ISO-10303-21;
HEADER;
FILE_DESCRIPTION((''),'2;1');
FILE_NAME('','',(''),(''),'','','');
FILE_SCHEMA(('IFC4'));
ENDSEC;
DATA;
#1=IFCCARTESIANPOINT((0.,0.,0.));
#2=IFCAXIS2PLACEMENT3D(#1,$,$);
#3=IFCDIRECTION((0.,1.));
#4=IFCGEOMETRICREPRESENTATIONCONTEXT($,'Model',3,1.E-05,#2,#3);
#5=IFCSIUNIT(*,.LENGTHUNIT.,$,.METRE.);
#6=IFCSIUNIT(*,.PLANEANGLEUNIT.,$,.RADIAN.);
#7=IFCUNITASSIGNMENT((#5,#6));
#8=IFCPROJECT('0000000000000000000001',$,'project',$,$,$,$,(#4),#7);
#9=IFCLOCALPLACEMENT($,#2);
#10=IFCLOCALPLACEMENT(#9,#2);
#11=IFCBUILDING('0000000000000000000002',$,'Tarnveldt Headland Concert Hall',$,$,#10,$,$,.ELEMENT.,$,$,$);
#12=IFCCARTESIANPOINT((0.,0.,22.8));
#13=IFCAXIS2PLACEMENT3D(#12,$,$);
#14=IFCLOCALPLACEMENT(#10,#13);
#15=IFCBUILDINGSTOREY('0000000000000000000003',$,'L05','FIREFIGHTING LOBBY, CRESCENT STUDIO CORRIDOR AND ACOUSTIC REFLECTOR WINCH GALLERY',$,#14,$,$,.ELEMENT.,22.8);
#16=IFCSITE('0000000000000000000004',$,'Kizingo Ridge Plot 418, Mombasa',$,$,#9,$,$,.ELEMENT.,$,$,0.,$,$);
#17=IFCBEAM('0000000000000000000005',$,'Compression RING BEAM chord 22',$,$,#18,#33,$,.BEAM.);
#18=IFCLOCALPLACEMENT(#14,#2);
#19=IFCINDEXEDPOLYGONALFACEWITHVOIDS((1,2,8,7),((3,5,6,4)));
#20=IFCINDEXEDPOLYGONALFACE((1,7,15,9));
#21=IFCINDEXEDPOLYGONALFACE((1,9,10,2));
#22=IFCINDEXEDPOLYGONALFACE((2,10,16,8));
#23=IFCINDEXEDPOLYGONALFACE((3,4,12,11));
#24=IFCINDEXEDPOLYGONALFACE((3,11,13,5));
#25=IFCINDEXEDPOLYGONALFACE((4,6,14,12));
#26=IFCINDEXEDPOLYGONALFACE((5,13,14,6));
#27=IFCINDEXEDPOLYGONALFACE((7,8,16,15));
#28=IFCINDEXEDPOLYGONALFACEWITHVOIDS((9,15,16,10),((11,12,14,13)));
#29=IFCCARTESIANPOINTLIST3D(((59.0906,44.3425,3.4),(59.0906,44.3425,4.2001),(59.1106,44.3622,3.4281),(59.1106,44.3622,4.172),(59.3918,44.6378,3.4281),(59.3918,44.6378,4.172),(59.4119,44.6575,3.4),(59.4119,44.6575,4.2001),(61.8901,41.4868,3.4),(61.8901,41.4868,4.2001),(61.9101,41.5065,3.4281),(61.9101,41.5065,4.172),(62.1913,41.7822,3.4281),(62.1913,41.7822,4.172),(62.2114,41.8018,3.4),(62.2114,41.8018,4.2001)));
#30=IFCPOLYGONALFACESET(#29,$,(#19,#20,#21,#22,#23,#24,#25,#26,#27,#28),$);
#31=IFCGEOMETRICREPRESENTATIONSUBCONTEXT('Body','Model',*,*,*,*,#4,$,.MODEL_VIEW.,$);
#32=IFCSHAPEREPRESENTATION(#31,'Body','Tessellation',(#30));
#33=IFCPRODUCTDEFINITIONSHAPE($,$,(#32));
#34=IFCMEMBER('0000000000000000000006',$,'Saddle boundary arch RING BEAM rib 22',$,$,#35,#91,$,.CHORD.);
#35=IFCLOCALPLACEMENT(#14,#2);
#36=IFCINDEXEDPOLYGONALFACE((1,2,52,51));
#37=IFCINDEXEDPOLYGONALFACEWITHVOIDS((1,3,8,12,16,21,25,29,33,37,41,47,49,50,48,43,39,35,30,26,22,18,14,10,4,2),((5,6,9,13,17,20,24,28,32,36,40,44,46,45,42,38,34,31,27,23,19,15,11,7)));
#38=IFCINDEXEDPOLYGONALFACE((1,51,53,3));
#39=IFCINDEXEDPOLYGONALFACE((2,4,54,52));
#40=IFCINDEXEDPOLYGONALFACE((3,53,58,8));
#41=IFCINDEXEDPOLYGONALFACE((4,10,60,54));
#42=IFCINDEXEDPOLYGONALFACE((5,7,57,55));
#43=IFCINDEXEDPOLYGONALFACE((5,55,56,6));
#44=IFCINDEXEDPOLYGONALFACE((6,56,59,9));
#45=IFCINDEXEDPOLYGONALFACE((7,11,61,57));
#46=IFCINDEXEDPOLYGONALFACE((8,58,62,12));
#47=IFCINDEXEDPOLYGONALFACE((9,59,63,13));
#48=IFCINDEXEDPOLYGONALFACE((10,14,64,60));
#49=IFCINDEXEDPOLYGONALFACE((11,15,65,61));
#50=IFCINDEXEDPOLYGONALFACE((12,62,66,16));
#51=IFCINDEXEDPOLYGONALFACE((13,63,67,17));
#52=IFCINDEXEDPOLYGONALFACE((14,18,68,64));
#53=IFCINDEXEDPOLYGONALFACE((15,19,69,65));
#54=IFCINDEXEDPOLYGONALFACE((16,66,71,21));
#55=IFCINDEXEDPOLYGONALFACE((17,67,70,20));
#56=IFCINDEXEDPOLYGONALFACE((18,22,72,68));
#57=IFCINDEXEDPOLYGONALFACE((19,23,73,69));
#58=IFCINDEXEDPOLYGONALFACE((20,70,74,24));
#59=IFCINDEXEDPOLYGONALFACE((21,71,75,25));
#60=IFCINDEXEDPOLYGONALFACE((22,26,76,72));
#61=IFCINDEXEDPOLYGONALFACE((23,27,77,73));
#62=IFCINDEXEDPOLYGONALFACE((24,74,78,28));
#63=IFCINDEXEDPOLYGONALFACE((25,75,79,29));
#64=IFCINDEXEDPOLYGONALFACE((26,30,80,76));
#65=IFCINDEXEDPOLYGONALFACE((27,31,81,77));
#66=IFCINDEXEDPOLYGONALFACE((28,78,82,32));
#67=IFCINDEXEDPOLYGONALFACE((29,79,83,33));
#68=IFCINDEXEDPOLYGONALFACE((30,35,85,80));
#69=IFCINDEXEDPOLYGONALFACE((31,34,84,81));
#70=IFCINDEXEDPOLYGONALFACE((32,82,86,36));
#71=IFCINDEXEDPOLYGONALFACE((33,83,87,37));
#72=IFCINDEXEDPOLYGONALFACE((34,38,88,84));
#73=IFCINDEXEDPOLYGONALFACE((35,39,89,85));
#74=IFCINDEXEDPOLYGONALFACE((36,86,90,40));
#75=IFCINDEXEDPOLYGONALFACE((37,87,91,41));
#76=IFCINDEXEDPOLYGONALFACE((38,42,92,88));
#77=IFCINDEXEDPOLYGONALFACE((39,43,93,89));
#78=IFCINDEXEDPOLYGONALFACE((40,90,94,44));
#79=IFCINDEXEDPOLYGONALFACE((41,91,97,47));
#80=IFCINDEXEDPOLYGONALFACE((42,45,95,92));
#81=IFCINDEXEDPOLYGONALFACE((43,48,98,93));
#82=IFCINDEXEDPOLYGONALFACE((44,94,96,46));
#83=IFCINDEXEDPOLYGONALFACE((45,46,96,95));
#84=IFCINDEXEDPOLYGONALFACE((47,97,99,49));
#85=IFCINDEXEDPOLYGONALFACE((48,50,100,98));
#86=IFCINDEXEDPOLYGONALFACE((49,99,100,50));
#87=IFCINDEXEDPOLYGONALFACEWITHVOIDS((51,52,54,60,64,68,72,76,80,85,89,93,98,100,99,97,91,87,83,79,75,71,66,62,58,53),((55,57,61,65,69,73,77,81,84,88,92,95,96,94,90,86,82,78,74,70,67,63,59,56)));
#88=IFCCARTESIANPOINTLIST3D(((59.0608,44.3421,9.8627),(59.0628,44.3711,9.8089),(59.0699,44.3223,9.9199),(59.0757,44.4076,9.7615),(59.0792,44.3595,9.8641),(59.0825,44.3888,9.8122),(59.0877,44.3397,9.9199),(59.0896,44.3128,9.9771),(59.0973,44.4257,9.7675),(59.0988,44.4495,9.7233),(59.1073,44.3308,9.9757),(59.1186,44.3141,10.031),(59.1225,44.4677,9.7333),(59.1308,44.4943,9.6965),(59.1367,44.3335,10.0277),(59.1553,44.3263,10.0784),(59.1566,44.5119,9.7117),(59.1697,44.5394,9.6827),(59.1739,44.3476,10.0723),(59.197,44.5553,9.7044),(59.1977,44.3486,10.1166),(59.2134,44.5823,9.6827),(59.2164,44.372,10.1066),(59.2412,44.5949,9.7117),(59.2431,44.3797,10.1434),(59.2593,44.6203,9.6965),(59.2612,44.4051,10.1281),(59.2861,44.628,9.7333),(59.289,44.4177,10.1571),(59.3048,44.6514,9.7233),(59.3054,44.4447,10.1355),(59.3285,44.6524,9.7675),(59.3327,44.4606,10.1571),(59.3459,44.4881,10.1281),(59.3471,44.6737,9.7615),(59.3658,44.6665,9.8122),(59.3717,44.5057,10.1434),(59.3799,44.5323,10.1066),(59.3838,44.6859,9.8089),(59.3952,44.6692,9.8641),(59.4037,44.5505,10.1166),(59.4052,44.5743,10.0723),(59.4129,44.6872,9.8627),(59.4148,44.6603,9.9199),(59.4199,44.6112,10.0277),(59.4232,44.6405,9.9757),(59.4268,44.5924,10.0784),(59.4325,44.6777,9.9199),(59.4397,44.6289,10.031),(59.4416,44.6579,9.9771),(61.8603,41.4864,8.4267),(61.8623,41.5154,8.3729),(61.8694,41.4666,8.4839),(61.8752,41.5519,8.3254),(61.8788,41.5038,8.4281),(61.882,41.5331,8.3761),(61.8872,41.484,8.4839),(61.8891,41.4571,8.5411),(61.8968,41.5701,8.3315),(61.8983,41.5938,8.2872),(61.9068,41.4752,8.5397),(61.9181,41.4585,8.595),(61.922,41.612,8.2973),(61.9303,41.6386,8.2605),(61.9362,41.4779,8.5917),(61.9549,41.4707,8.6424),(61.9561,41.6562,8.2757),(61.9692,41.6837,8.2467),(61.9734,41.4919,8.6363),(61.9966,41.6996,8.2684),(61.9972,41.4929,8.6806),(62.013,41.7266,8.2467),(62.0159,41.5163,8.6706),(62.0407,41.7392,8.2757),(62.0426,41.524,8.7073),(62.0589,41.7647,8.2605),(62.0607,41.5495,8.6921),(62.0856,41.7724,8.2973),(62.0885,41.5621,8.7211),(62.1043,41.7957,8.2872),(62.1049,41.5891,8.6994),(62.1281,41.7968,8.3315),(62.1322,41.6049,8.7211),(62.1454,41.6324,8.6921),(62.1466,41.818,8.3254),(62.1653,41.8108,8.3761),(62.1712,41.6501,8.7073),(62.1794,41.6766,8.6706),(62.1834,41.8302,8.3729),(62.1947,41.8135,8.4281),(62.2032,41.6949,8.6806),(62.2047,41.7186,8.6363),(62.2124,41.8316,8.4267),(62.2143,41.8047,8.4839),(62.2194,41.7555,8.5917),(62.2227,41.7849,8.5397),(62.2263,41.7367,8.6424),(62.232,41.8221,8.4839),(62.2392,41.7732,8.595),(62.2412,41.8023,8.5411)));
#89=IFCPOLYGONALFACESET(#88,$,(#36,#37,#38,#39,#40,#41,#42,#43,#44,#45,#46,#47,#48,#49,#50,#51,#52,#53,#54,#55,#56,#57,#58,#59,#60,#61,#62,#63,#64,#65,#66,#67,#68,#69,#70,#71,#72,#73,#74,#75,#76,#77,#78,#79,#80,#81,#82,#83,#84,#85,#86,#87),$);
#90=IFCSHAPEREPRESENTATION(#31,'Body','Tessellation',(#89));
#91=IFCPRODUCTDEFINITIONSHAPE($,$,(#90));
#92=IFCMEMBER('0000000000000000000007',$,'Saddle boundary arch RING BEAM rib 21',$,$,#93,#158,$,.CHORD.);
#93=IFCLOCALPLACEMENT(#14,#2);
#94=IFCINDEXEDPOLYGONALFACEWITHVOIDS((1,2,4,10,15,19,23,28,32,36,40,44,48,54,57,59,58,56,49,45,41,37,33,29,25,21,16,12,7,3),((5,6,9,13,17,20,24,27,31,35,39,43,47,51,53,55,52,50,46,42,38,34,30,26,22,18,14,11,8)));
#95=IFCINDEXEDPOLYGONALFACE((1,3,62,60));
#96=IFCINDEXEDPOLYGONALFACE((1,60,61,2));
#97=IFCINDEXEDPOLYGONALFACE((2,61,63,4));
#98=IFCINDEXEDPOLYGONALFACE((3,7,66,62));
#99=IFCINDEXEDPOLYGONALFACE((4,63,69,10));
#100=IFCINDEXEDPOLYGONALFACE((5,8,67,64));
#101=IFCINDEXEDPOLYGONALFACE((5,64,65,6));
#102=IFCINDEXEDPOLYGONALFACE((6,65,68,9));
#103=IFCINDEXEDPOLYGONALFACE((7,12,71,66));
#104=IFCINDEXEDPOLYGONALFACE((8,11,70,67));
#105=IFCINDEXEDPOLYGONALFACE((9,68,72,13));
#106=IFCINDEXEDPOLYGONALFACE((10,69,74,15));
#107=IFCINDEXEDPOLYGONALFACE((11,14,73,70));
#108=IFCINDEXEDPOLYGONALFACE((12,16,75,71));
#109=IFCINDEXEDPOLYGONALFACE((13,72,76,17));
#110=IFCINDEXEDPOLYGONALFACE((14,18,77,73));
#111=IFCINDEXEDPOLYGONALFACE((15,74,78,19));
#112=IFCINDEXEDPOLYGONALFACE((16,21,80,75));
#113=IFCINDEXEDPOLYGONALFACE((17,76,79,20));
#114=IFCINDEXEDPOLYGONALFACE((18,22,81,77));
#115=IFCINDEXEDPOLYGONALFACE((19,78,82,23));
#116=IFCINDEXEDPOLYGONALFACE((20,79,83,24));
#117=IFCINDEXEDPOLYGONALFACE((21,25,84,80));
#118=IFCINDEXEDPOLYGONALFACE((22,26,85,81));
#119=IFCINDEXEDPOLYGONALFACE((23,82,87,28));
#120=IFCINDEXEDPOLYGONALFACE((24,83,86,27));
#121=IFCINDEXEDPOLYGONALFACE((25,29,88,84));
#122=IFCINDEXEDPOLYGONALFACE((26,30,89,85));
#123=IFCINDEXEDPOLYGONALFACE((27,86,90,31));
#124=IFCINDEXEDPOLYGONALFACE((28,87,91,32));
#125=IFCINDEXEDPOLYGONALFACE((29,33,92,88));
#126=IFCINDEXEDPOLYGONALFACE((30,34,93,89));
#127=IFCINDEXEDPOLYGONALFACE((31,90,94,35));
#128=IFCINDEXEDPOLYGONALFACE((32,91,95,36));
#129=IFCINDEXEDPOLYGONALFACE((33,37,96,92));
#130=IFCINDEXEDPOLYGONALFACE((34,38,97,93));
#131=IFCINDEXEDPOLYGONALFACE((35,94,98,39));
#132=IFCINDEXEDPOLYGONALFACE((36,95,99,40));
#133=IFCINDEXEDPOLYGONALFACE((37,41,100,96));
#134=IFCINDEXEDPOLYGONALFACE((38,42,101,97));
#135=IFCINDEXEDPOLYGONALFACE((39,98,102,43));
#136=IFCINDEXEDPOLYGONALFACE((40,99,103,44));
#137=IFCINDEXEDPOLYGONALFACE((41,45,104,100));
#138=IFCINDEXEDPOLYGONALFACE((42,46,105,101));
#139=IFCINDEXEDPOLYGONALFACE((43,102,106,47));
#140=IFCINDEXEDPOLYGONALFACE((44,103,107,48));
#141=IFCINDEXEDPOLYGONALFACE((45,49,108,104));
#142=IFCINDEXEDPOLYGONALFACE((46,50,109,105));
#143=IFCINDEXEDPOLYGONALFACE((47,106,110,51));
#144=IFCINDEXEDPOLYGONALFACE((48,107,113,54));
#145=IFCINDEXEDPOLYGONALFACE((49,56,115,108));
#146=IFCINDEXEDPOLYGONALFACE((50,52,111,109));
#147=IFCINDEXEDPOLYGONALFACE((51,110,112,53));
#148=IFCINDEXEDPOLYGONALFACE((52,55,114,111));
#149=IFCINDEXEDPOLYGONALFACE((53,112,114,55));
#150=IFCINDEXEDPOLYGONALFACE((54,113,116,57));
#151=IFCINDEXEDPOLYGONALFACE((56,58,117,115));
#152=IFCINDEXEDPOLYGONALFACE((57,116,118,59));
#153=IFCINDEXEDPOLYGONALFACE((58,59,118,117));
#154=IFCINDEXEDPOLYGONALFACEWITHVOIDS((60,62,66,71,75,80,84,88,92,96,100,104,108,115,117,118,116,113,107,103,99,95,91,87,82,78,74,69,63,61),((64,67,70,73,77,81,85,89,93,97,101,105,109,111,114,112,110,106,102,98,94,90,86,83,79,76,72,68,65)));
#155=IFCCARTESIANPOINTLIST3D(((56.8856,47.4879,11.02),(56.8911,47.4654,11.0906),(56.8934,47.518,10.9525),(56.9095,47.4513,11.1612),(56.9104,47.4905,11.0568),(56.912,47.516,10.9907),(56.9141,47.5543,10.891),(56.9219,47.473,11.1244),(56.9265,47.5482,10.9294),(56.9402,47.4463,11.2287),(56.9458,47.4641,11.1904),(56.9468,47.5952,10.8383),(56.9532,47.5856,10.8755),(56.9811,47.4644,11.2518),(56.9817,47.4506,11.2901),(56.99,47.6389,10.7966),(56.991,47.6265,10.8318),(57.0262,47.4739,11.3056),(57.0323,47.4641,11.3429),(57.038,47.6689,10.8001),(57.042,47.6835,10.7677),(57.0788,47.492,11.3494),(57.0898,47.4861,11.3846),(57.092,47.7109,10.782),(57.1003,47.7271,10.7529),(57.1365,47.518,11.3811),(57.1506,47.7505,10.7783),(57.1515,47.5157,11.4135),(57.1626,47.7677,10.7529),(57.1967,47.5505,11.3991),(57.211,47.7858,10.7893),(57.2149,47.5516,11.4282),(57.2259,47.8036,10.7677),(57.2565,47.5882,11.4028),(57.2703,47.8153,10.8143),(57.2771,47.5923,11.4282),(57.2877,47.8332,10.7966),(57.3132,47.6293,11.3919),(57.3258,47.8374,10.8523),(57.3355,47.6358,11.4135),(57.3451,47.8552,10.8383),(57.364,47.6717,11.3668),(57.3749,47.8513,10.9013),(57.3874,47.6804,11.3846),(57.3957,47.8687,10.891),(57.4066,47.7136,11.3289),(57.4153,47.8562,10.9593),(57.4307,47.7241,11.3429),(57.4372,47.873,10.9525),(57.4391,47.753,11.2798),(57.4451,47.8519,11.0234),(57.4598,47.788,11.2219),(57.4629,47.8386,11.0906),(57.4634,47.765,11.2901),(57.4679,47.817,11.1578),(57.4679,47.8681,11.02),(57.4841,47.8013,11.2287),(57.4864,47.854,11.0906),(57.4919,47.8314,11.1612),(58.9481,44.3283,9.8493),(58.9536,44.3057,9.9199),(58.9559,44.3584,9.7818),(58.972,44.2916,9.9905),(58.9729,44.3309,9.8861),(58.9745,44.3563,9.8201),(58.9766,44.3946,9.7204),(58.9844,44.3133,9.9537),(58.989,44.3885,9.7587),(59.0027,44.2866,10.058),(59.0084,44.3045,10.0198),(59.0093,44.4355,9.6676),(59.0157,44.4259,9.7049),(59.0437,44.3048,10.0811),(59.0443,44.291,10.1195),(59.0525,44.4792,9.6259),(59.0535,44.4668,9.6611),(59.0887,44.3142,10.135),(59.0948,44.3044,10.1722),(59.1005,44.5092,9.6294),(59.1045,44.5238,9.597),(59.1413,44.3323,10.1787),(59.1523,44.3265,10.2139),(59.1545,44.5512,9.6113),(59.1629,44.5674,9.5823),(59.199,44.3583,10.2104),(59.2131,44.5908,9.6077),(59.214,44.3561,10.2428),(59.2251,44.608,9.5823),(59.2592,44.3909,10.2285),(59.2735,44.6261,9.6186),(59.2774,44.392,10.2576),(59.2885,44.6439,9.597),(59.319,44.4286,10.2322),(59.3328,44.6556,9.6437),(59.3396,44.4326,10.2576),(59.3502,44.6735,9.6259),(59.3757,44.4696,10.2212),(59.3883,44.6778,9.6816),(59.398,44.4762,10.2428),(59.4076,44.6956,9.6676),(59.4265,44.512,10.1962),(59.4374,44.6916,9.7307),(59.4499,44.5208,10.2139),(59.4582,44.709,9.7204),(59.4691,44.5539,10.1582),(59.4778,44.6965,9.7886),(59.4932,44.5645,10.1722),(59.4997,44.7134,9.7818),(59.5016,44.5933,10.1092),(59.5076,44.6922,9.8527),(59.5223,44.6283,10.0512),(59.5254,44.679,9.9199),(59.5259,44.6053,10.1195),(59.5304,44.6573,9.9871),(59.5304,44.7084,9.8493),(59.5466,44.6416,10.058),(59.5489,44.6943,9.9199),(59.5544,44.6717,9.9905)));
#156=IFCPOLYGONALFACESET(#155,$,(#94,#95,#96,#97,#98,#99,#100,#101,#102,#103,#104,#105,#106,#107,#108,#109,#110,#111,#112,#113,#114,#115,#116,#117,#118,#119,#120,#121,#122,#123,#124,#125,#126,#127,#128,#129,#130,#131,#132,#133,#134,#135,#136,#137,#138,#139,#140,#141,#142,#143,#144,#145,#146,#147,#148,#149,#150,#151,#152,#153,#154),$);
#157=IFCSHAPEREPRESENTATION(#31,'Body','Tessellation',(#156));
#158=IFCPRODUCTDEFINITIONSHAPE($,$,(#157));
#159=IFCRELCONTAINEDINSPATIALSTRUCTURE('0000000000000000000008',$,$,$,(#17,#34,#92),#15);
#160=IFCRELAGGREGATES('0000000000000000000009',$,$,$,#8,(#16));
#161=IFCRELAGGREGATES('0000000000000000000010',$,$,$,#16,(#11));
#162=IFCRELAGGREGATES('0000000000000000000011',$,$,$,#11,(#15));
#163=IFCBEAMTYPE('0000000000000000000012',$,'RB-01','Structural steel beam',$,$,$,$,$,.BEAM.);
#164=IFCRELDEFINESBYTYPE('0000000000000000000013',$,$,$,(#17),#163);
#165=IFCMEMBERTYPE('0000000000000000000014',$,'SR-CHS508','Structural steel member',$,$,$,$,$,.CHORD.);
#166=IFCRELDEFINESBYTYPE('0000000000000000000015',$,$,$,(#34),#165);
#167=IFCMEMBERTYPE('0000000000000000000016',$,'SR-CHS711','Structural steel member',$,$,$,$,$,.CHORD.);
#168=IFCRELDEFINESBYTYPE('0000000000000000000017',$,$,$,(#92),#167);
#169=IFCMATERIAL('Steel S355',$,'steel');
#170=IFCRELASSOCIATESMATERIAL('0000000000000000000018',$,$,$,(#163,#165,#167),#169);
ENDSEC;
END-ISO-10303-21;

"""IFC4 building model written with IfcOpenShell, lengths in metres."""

from ifc_helpers import new_model, si_unit, direction, frame, origin, origin_2d, place, context, subcontext, project, spatial, hollow_rectangle, hollow_circle, extrude, material, material_profile, profile_set, type_object, element, save


model = new_model("IFC4")

# Units and contexts
model_context = context("Model", 3, precision=1e-05, world=origin(), true_north=direction((0.0, 1.0)))
body_context = subcontext(model_context, "Body", "Model", "MODEL_VIEW")
ifc_project = project(units=[si_unit("LENGTHUNIT", "METRE"), si_unit("PLANEANGLEUNIT", "RADIAN")], contexts=[model_context])

# Site, building, storey
site_placement = place(None, origin())
site = spatial("IfcSite", under=ifc_project, at=site_placement, Name="Kizingo Ridge Plot 418, Mombasa", CompositionType="ELEMENT", RefElevation=0.0)
building_placement = place(site_placement, origin())
building = spatial("IfcBuilding", under=site, at=building_placement, Name="Tarnveldt Headland Concert Hall", CompositionType="ELEMENT")
storey_placement = place(building_placement, frame((0.0, 0.0, 22.8)))
storey = spatial("IfcBuildingStorey", under=building, at=storey_placement, Name="L05", Description="FIREFIGHTING LOBBY, CRESCENT STUDIO CORRIDOR AND ACOUSTIC REFLECTOR WINCH GALLERY", CompositionType="ELEMENT", Elevation=22.8)

# Shared definitions
ifc_material_1 = material(Name="Steel S355", Category="steel")

# Beam
ifc_material_profile_1 = material_profile(ifc_material_1, hollow_rectangle(XDim=0.45, YDim=0.8, WallThickness=0.0281, at=origin_2d()), Name="RHS 800x450x28", Category="steel")
ifc_profile_set_1 = profile_set([ifc_material_profile_1], Name="Steel S355")
beam_type = type_object("IfcBeamType", Name="RB-01", Description="Structural steel beam", PredefinedType="BEAM", material=ifc_profile_set_1)
beam_1_placement = place(storey_placement, frame((59.2512, 44.5, 3.8), z_axis=(0.700051, -0.714093, 0.0), x_axis=(0.714093, 0.700051, 0.0)))
element("IfcBeam", 1, at=beam_1_placement, inside=storey, type_object=beam_type, Name="Compression RING BEAM chord 22", PredefinedType="BEAM", context=body_context, shape_type="SweptSolid", body=[
    extrude(hollow_rectangle(XDim=0.45, YDim=0.8, WallThickness=0.0281, at=origin_2d()), origin(), (0.0, 0.0, 1.0), 3.999),
])

# Members
ifc_material_profile_2 = material_profile(ifc_material_1, hollow_circle(Radius=0.2539, WallThickness=0.0249, at=origin_2d()), Name="CHS 508x25", Category="steel")
ifc_profile_set_2 = profile_set([ifc_material_profile_2], Name="Steel S355")
member_type_1 = type_object("IfcMemberType", Name="SR-CHS508", Description="Structural steel member", PredefinedType="CHORD", material=ifc_profile_set_2)
member_1_placement = place(storey_placement, frame((59.2512, 44.5, 9.9199), z_axis=(0.65886, -0.672075, -0.337962), x_axis=(0.714093, 0.700051, 0.0)))
element("IfcMember", 2, at=member_1_placement, inside=storey, type_object=member_type_1, Name="Saddle boundary arch RING BEAM rib 22", PredefinedType="CHORD", context=body_context, shape_type="SweptSolid", body=[
    extrude(hollow_circle(Radius=0.2539, WallThickness=0.0249, at=origin_2d()), origin(), (0.0, 0.0, 1.0), 4.249),
])
ifc_material_profile_3 = material_profile(ifc_material_1, hollow_circle(Radius=0.3555, WallThickness=0.0281, at=origin_2d()), Name="CHS 711x28", Category="steel")
ifc_profile_set_3 = profile_set([ifc_material_profile_3], Name="Steel S355")
member_type_2 = type_object("IfcMemberType", Name="SR-CHS711", Description="Structural steel member", PredefinedType="CHORD", material=ifc_profile_set_3)
member_2_placement = place(storey_placement, frame((57.1887, 47.6597, 11.0906), z_axis=(0.522063, -0.799779, -0.296317), x_axis=(0.837387, 0.546611, 0.0)))
element("IfcMember", 3, at=member_2_placement, inside=storey, type_object=member_type_2, Name="Saddle boundary arch RING BEAM rib 21", PredefinedType="CHORD", context=body_context, shape_type="SweptSolid", body=[
    extrude(hollow_circle(Radius=0.3555, WallThickness=0.0281, at=origin_2d()), origin(), (0.0, 0.0, 1.0), 3.9507),
])

save(model, "model.ifc")
